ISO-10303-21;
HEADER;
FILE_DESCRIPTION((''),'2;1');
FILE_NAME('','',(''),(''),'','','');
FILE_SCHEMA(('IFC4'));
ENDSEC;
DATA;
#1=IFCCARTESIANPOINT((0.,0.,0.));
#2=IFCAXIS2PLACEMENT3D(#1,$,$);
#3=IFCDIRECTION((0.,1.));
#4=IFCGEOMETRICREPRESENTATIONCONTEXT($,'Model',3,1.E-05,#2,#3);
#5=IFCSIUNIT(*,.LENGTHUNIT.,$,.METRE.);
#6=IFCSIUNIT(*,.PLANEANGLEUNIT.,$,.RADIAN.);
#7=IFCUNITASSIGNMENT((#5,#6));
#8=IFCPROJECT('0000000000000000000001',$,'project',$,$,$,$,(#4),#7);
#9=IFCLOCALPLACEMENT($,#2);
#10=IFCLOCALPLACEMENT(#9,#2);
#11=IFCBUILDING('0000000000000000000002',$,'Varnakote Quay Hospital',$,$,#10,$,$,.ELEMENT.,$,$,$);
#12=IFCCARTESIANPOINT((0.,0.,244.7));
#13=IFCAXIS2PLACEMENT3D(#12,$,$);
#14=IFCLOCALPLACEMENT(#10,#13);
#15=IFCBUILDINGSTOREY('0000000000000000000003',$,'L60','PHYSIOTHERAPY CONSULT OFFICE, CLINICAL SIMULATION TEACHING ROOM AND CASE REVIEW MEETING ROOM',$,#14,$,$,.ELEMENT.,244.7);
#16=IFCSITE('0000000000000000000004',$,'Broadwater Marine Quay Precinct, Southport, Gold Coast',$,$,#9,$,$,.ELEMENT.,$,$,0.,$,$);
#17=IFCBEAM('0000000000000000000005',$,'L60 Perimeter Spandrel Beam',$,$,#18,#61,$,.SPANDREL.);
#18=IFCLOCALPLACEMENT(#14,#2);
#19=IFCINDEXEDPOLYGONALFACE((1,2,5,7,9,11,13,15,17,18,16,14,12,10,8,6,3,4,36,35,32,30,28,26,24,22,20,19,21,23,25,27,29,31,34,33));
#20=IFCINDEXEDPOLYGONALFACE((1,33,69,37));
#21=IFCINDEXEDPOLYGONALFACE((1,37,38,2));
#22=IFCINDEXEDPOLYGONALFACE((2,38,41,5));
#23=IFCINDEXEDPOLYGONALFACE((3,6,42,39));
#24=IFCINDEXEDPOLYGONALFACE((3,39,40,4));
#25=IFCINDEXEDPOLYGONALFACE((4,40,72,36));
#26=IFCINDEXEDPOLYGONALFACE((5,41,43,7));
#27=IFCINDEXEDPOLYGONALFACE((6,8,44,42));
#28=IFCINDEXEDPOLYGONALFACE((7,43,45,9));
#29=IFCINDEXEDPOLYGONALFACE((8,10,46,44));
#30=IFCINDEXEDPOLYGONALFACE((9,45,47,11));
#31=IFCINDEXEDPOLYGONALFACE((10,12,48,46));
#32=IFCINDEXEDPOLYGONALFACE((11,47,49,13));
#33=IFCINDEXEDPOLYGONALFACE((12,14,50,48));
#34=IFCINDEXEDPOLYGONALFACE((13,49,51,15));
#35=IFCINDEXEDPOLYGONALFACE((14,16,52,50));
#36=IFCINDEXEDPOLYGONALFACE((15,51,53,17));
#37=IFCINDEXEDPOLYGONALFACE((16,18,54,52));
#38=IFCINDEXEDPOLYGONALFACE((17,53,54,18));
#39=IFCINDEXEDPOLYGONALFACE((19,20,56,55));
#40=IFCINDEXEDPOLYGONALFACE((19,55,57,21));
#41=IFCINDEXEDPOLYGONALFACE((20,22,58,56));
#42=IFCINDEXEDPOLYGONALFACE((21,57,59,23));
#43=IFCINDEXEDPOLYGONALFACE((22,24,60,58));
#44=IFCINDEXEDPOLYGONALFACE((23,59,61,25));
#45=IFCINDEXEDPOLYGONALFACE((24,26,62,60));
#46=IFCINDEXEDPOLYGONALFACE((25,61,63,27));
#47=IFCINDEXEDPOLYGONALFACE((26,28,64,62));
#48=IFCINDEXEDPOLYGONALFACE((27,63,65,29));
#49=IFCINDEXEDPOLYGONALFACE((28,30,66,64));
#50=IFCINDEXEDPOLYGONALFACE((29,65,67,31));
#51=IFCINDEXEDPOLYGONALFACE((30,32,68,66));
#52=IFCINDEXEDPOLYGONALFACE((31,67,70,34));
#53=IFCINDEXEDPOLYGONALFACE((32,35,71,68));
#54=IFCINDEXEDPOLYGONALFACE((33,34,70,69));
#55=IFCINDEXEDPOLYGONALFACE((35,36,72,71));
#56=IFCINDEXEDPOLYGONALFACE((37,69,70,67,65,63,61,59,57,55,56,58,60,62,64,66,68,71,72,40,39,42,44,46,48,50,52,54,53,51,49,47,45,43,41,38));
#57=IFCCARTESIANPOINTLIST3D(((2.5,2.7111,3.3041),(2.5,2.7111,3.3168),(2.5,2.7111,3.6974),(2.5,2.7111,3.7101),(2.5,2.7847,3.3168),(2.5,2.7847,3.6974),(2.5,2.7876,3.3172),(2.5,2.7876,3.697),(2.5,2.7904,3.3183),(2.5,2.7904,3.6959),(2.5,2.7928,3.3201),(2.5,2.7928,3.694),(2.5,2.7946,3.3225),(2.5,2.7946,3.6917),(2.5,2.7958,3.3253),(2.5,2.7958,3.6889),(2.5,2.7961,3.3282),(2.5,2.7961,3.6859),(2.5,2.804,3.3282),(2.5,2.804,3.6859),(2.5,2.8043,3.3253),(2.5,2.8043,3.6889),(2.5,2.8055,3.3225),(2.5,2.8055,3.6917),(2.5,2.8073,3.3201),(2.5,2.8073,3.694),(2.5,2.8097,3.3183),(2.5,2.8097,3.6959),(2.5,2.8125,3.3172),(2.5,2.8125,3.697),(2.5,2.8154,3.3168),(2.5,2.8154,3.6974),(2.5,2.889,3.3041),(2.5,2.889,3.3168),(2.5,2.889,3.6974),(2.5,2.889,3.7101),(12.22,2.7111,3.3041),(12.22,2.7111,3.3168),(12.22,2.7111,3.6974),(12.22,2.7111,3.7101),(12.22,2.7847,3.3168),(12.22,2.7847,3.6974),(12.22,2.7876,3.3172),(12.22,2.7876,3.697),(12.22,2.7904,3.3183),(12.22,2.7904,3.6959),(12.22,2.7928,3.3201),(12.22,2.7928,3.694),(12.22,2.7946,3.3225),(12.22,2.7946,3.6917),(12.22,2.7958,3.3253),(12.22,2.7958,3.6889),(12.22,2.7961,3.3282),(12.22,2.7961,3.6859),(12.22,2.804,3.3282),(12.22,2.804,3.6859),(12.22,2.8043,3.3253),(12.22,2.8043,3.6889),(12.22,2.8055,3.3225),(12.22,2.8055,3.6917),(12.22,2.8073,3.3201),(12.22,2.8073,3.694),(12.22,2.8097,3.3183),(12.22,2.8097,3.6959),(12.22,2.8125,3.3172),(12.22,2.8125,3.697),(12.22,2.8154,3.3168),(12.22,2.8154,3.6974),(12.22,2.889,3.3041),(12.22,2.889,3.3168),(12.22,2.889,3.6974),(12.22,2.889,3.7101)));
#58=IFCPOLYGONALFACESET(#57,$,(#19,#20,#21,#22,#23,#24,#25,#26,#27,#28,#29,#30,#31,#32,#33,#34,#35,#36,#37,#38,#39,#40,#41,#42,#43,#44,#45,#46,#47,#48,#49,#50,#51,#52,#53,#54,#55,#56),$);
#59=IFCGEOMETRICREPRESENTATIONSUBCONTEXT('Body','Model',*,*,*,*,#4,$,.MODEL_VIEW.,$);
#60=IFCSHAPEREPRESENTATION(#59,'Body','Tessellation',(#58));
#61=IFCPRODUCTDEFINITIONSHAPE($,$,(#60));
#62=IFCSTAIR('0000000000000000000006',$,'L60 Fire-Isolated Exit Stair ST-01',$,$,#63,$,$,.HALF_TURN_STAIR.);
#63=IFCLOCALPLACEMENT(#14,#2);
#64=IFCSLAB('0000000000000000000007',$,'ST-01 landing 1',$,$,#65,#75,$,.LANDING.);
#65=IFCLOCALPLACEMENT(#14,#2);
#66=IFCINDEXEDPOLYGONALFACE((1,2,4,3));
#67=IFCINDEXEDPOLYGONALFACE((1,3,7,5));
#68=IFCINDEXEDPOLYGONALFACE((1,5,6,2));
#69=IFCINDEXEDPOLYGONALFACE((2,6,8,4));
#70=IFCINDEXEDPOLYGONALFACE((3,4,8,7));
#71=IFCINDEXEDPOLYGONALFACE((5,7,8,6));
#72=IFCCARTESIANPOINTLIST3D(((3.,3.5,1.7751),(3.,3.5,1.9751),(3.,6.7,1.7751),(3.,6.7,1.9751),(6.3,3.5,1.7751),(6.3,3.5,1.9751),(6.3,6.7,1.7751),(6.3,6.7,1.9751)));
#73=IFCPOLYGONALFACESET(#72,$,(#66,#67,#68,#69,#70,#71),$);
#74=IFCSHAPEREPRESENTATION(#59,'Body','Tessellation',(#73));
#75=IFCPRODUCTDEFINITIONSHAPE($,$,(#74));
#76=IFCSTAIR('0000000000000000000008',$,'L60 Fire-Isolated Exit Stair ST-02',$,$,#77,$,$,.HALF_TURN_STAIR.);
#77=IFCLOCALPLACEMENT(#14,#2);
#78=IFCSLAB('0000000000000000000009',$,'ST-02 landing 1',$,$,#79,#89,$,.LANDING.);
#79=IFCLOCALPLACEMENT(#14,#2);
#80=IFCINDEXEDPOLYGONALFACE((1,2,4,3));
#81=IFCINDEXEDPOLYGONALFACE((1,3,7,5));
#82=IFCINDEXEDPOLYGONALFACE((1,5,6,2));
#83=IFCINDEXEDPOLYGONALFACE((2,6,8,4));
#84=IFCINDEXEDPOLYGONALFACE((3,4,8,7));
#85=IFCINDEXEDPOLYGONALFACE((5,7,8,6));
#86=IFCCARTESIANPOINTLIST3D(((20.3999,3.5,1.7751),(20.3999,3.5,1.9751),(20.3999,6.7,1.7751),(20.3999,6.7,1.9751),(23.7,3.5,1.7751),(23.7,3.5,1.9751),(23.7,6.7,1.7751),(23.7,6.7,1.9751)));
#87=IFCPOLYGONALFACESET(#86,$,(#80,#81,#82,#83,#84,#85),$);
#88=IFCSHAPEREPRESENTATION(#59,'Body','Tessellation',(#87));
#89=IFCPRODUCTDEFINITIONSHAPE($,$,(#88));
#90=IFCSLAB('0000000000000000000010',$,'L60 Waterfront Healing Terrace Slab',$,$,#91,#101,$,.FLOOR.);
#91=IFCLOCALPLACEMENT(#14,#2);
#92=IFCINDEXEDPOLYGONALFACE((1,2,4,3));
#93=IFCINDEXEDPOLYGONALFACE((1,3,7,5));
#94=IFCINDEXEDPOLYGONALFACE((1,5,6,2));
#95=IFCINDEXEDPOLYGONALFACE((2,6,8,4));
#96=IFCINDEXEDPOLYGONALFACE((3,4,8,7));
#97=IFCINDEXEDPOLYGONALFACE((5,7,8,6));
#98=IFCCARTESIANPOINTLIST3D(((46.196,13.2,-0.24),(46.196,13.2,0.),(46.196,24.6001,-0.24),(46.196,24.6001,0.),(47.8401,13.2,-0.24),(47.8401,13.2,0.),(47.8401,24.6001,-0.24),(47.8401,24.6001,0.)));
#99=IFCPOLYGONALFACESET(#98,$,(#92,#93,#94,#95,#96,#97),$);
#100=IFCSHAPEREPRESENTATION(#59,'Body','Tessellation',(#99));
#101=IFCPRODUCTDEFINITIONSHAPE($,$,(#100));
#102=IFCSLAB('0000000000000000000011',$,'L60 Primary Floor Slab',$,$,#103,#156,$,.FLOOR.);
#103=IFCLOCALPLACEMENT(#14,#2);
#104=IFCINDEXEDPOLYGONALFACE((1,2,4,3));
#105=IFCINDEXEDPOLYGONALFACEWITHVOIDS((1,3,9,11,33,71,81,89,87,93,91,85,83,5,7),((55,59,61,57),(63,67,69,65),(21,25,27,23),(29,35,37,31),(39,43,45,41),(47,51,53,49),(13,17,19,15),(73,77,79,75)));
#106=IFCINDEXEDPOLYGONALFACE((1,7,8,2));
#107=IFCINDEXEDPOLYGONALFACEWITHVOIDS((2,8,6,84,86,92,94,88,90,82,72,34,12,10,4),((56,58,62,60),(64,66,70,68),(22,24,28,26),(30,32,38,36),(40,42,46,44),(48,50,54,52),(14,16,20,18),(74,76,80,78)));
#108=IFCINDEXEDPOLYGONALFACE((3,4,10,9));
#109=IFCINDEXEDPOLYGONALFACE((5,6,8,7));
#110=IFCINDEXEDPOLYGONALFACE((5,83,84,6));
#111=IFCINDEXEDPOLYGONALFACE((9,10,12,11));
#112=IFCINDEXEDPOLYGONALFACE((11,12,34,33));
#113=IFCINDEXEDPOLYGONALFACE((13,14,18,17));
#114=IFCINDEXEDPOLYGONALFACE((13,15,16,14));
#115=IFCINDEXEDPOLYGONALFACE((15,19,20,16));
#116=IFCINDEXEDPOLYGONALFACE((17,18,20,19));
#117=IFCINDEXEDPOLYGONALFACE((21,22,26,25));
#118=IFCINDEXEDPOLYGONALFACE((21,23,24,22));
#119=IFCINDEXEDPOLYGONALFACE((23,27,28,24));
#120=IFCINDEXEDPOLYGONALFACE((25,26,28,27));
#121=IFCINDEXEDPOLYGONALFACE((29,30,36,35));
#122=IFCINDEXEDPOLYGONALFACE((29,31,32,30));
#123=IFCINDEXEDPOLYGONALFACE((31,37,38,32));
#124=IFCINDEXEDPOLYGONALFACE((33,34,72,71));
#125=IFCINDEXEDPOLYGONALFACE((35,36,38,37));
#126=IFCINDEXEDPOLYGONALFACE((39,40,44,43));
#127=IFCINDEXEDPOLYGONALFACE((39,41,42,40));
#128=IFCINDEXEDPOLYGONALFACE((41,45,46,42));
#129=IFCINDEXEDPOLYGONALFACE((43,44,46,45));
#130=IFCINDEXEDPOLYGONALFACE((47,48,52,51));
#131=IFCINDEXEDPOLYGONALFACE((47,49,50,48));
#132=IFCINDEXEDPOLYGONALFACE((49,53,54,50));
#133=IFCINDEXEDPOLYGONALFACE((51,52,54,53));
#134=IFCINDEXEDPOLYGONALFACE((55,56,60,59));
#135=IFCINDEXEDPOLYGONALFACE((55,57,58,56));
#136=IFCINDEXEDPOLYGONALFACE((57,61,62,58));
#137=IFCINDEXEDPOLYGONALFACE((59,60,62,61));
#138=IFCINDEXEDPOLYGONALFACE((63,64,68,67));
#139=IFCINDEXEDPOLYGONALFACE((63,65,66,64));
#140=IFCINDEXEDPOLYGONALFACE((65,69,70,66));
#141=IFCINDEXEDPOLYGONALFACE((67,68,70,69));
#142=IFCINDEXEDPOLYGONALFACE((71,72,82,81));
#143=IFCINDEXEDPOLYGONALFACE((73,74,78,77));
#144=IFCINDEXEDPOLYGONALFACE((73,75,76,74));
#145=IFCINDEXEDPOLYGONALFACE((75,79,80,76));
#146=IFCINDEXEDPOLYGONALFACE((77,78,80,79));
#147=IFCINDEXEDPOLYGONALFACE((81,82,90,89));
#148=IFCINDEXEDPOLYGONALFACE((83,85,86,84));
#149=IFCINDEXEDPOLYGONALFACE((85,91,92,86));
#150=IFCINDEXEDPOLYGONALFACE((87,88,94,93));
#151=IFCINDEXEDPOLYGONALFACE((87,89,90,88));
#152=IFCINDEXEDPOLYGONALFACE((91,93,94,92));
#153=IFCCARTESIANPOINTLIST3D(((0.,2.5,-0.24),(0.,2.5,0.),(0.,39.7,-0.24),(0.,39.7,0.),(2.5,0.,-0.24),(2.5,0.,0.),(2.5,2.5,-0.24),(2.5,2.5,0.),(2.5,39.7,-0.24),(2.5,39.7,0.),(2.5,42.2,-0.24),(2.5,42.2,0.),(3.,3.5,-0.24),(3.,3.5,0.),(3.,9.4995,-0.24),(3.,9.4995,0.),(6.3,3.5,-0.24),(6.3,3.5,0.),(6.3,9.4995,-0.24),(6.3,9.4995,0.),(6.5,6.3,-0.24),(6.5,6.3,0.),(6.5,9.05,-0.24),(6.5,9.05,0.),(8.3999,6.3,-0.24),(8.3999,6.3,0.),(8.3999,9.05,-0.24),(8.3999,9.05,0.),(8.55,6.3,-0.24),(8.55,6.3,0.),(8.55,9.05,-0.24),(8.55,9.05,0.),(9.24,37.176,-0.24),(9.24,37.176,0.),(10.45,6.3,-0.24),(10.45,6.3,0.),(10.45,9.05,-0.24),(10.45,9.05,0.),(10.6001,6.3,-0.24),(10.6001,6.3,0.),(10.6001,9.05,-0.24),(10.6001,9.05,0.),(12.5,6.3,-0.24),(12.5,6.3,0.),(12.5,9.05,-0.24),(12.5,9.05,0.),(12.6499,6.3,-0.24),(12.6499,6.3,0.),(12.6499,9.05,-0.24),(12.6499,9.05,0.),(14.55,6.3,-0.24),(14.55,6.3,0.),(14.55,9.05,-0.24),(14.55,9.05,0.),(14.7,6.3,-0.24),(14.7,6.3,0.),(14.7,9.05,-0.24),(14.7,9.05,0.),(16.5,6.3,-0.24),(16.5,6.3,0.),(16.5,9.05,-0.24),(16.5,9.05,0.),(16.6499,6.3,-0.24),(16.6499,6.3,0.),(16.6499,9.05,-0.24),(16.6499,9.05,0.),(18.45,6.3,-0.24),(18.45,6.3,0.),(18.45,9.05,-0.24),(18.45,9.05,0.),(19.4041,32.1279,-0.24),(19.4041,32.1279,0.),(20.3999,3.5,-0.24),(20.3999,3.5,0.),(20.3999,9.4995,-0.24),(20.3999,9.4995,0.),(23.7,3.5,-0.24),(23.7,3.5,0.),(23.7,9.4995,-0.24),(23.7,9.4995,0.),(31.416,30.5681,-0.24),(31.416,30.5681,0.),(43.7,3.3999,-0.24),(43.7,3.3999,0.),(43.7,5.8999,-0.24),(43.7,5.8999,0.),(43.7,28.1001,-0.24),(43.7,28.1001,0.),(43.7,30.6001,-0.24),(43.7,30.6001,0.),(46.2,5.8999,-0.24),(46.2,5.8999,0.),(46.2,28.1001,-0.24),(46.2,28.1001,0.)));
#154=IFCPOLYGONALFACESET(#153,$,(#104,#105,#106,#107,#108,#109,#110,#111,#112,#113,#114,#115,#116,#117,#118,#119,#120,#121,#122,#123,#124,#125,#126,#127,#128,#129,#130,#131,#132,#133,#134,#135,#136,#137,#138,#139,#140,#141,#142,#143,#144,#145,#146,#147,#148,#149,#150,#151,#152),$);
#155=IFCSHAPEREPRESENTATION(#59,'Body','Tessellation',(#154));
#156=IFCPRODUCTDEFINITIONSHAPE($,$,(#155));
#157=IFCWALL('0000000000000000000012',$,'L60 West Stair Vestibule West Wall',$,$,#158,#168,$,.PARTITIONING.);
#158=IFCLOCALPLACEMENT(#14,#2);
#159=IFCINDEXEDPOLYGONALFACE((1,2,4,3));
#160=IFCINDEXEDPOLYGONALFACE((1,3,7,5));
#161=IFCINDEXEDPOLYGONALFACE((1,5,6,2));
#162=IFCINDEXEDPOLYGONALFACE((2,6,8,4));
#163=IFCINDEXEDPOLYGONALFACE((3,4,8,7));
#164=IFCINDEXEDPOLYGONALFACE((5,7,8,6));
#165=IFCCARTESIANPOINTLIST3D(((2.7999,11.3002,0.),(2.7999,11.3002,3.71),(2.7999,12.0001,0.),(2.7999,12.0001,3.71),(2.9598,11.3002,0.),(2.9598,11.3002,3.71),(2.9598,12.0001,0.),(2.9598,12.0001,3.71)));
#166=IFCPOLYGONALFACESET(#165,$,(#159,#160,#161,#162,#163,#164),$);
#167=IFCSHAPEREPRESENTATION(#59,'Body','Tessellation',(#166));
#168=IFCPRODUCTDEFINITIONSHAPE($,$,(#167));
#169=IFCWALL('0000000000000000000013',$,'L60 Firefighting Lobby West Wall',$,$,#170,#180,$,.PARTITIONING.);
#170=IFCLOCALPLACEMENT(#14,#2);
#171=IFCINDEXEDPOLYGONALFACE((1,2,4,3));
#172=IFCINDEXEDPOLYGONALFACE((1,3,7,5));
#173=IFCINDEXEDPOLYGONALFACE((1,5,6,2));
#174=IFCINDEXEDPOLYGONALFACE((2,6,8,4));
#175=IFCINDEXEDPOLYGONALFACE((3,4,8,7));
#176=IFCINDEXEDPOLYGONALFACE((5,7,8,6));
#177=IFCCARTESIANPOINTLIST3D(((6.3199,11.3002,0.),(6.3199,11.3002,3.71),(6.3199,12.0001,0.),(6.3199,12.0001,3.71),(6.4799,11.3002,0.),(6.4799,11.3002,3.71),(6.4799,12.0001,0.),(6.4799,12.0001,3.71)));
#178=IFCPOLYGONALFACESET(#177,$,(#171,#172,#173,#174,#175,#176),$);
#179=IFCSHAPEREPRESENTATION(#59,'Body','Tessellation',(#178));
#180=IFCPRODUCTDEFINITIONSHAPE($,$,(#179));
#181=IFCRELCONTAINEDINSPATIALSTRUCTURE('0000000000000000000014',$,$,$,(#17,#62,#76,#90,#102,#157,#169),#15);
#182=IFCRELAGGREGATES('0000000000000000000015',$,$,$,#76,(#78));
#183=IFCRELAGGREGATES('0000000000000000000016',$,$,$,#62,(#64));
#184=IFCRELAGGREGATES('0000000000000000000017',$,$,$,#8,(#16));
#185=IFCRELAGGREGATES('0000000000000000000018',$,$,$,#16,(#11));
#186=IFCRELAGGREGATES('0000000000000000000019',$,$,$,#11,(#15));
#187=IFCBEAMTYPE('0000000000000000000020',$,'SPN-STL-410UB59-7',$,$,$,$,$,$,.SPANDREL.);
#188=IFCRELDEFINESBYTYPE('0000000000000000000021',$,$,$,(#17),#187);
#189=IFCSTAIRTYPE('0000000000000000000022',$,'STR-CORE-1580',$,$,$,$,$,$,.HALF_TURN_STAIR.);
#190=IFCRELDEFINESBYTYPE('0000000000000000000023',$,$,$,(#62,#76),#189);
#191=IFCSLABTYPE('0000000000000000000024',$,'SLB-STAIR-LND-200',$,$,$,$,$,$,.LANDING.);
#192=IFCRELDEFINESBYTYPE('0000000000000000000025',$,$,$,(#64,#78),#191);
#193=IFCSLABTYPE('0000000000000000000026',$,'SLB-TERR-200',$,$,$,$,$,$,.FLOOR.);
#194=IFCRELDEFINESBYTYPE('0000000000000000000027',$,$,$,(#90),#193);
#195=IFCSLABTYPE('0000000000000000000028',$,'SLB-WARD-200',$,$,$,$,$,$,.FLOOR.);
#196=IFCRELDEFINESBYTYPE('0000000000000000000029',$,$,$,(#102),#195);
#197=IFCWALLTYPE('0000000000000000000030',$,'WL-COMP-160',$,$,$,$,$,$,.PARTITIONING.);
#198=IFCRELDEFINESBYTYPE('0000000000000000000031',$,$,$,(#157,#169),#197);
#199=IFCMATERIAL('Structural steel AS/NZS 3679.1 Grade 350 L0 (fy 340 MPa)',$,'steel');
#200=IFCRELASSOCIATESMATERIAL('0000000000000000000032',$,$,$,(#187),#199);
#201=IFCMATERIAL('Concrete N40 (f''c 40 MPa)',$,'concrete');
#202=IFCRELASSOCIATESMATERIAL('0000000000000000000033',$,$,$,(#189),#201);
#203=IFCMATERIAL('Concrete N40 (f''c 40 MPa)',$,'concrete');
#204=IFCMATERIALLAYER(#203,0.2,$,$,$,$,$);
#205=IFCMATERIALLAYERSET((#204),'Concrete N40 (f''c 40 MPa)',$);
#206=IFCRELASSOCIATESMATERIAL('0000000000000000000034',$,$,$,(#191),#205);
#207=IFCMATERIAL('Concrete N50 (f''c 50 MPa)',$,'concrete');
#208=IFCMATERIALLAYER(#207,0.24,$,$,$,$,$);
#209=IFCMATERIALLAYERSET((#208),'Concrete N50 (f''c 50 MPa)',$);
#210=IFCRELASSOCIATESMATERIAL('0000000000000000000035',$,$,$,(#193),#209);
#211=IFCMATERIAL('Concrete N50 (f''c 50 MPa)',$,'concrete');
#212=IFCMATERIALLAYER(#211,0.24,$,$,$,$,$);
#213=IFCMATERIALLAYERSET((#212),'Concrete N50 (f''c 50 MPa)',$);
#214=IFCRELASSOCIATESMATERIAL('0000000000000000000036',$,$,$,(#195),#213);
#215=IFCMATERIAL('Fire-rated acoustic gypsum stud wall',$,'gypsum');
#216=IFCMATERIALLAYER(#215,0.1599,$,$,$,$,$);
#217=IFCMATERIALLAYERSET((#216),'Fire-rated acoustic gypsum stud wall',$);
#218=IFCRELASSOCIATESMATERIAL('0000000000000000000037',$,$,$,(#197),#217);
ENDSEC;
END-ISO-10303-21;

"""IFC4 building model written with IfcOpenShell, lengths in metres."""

from ifc_helpers import new_model, si_unit, direction, frame, frame_2d, origin, origin_2d, place, context, subcontext, project, spatial, polyline, rectangle, i_section, outline, extrude, material, layer, layer_set, material_profile, profile_set, type_object, element, aggregate, save


model = new_model("IFC4")

# Units and contexts
model_context = context("Model", 3, precision=1e-05, world=origin(), true_north=direction((0.0, 1.0)))
body_context = subcontext(model_context, "Body", "Model", "MODEL_VIEW")
ifc_project = project(units=[si_unit("LENGTHUNIT", "METRE"), si_unit("PLANEANGLEUNIT", "RADIAN")], contexts=[model_context])

# Site, building, storey
site_placement = place(None, origin())
site = spatial("IfcSite", under=ifc_project, at=site_placement, Name="Broadwater Marine Quay Precinct, Southport, Gold Coast", CompositionType="ELEMENT", RefElevation=0.0)
building_placement = place(site_placement, origin())
building = spatial("IfcBuilding", under=site, at=building_placement, Name="Varnakote Quay Hospital", CompositionType="ELEMENT")
storey_placement = place(building_placement, frame((0.0, 0.0, 244.7)))
storey = spatial("IfcBuildingStorey", under=building, at=storey_placement, Name="L60", Description="PHYSIOTHERAPY CONSULT OFFICE, CLINICAL SIMULATION TEACHING ROOM AND CASE REVIEW MEETING ROOM", CompositionType="ELEMENT", Elevation=244.7)

# Beam
ifc_material_1 = material(Name="Structural steel AS/NZS 3679.1 Grade 350 L0 (fy 340 MPa)", Category="steel")
ifc_material_profile_1 = material_profile(ifc_material_1, i_section(OverallWidth=0.178, OverallDepth=0.406, WebThickness=0.0078, FlangeThickness=0.0127, FilletRadius=0.0115, at=origin_2d()), Name="410UB59.7")
ifc_profile_set_1 = profile_set([ifc_material_profile_1], Name="Structural steel AS/NZS 3679.1 Grade 350 L0 (fy 340 MPa)")
beam_type_1 = type_object("IfcBeamType", Name="SPN-STL-410UB59-7", PredefinedType="SPANDREL", material=ifc_profile_set_1)
beam_1_placement = place(storey_placement, frame((2.5, 2.8, 3.5071), z_axis=(1.0, 0.0, 0.0), x_axis=(0.0, 1.0, 0.0)))
element("IfcBeam", 1, at=beam_1_placement, inside=storey, type_object=beam_type_1, Name="L60 Perimeter Spandrel Beam", PredefinedType="SPANDREL", context=body_context, shape_type="SweptSolid", body=[
    extrude(i_section(OverallWidth=0.178, OverallDepth=0.406, WebThickness=0.0078, FlangeThickness=0.0127, FilletRadius=0.0115, at=origin_2d()), origin(), (0.0, 0.0, 1.0), 9.72),
])

# Stairs, slabs
ifc_material_2 = material(Name="Concrete N40 (f'c 40 MPa)", Category="concrete")
stair_type = type_object("IfcStairType", Name="STR-CORE-1580", PredefinedType="HALF_TURN_STAIR", material=ifc_material_2)
stair_1_placement = place(storey_placement, origin())
stair_1 = element("IfcStair", 2, at=stair_1_placement, inside=storey, type_object=stair_type, Name="L60 Fire-Isolated Exit Stair ST-01", PredefinedType="HALF_TURN_STAIR")
ifc_material_3 = material(Name="Concrete N40 (f'c 40 MPa)", Category="concrete")
ifc_layer_1 = layer(ifc_material_3, 0.2)
ifc_layer_set_1 = layer_set([ifc_layer_1], Name="Concrete N40 (f'c 40 MPa)")
slab_type_1 = type_object("IfcSlabType", Name="SLB-STAIR-LND-200", PredefinedType="LANDING", material=ifc_layer_set_1)
slab_1_placement = place(storey_placement, frame((0.0, 0.0, 1.7751)))
slab_1 = element("IfcSlab", 3, at=slab_1_placement, type_object=slab_type_1, Name="ST-01 landing 1", PredefinedType="LANDING", context=body_context, shape_type="SweptSolid", body=[
    extrude(outline(polyline([(3.0, 6.7), (3.0, 3.5), (6.3, 3.5), (6.3, 6.7), (3.0, 6.7)])), origin(), (0.0, 0.0, 1.0), 0.2),
])
stair_2_placement = place(storey_placement, origin())
stair_2 = element("IfcStair", 4, at=stair_2_placement, inside=storey, type_object=stair_type, Name="L60 Fire-Isolated Exit Stair ST-02", PredefinedType="HALF_TURN_STAIR")
slab_2_placement = place(storey_placement, frame((0.0, 0.0, 1.7751)))
slab_2 = element("IfcSlab", 5, at=slab_2_placement, type_object=slab_type_1, Name="ST-02 landing 1", PredefinedType="LANDING", context=body_context, shape_type="SweptSolid", body=[
    extrude(outline(polyline([(20.3999, 6.7), (20.3999, 3.5), (23.7, 3.5), (23.7, 6.7), (20.3999, 6.7)])), origin(), (0.0, 0.0, 1.0), 0.2),
])
aggregate(stair_2, [slab_2])

# Slabs
ifc_material_4 = material(Name="Concrete N50 (f'c 50 MPa)", Category="concrete")
ifc_layer_2 = layer(ifc_material_4, 0.24)
ifc_layer_set_2 = layer_set([ifc_layer_2], Name="Concrete N50 (f'c 50 MPa)")
slab_type_2 = type_object("IfcSlabType", Name="SLB-TERR-200", PredefinedType="FLOOR", material=ifc_layer_set_2)
slab_3_placement = place(storey_placement, frame((0.0, 0.0, -0.24)))
element("IfcSlab", 6, at=slab_3_placement, inside=storey, type_object=slab_type_2, Name="L60 Waterfront Healing Terrace Slab", PredefinedType="FLOOR", context=body_context, shape_type="SweptSolid", body=[
    extrude(outline(polyline([(46.196, 24.6001), (46.196, 13.2), (47.8401, 13.2), (47.8401, 24.6001), (46.196, 24.6001)])), origin(), (0.0, 0.0, 1.0), 0.24),
])
ifc_material_5 = material(Name="Concrete N50 (f'c 50 MPa)", Category="concrete")
ifc_layer_3 = layer(ifc_material_5, 0.24)
ifc_layer_set_3 = layer_set([ifc_layer_3], Name="Concrete N50 (f'c 50 MPa)")
slab_type_3 = type_object("IfcSlabType", Name="SLB-WARD-200", PredefinedType="FLOOR", material=ifc_layer_set_3)
slab_4_placement = place(storey_placement, frame((0.0, 0.0, -0.24)))
element("IfcSlab", 7, at=slab_4_placement, inside=storey, type_object=slab_type_3, Name="L60 Primary Floor Slab", PredefinedType="FLOOR", context=body_context, shape_type="SweptSolid", body=[
    extrude(outline(polyline([(0.0, 2.5), (2.5, 2.5), (2.5, 0.0), (43.7, 3.3999), (43.7, 5.8999), (46.2, 5.8999), (46.2, 28.1001), (43.7, 28.1001), (43.7, 30.6001), (31.416, 30.5681), (19.4041, 32.1279), (9.24, 37.176), (2.5, 42.2), (2.5, 39.7), (0.0, 39.7), (0.0, 2.5)]), holes=[polyline([(3.0, 3.5), (6.3, 3.5), (6.3, 9.4995), (3.0, 9.4995), (3.0, 3.5)]), polyline([(20.3999, 3.5), (23.7, 3.5), (23.7, 9.4995), (20.3999, 9.4995), (20.3999, 3.5)]), polyline([(6.5, 6.3), (8.3999, 6.3), (8.3999, 9.05), (6.5, 9.05), (6.5, 6.3)]), polyline([(8.55, 6.3), (10.45, 6.3), (10.45, 9.05), (8.55, 9.05), (8.55, 6.3)]), polyline([(10.6001, 6.3), (12.5, 6.3), (12.5, 9.05), (10.6001, 9.05), (10.6001, 6.3)]), polyline([(12.6499, 6.3), (14.55, 6.3), (14.55, 9.05), (12.6499, 9.05), (12.6499, 6.3)]), polyline([(14.7, 6.3), (16.5, 6.3), (16.5, 9.05), (14.7, 9.05), (14.7, 6.3)]), polyline([(16.6499, 6.3), (18.45, 6.3), (18.45, 9.05), (16.6499, 9.05), (16.6499, 6.3)])]), origin(), (0.0, 0.0, 1.0), 0.24),
])

# Walls
ifc_material_6 = material(Name="Fire-rated acoustic gypsum stud wall", Category="gypsum")
ifc_layer_4 = layer(ifc_material_6, 0.1599)
ifc_layer_set_4 = layer_set([ifc_layer_4], Name="Fire-rated acoustic gypsum stud wall")
wall_type_1 = type_object("IfcWallType", Name="WL-COMP-160", PredefinedType="PARTITIONING", material=ifc_layer_set_4)
for number, where, z_axis, x_axis, name in (
    (8, (2.8799, 11.3, 0.0), (0.0, 0.0, 1.0), (0.0, 1.0, 0.0), "L60 West Stair Vestibule West Wall"),
    (9, (6.3999, 11.3, 0.0), (0.0, 0.0, 1.0), (0.0, 1.0, 0.0), "L60 Firefighting Lobby West Wall"),
):
    element("IfcWall", number, at=place(storey_placement, frame(where, z_axis=z_axis, x_axis=x_axis)), inside=storey, type_object=wall_type_1, Name=name, PredefinedType="PARTITIONING", context=body_context, shape_type="SweptSolid", body=[
        extrude(rectangle(XDim=0.7, YDim=0.1599, at=frame_2d((0.3501, 0.0))), origin(), (0.0, 0.0, 1.0), 3.71),
    ])

aggregate(stair_1, [slab_1])

save(model, "model.ifc")
